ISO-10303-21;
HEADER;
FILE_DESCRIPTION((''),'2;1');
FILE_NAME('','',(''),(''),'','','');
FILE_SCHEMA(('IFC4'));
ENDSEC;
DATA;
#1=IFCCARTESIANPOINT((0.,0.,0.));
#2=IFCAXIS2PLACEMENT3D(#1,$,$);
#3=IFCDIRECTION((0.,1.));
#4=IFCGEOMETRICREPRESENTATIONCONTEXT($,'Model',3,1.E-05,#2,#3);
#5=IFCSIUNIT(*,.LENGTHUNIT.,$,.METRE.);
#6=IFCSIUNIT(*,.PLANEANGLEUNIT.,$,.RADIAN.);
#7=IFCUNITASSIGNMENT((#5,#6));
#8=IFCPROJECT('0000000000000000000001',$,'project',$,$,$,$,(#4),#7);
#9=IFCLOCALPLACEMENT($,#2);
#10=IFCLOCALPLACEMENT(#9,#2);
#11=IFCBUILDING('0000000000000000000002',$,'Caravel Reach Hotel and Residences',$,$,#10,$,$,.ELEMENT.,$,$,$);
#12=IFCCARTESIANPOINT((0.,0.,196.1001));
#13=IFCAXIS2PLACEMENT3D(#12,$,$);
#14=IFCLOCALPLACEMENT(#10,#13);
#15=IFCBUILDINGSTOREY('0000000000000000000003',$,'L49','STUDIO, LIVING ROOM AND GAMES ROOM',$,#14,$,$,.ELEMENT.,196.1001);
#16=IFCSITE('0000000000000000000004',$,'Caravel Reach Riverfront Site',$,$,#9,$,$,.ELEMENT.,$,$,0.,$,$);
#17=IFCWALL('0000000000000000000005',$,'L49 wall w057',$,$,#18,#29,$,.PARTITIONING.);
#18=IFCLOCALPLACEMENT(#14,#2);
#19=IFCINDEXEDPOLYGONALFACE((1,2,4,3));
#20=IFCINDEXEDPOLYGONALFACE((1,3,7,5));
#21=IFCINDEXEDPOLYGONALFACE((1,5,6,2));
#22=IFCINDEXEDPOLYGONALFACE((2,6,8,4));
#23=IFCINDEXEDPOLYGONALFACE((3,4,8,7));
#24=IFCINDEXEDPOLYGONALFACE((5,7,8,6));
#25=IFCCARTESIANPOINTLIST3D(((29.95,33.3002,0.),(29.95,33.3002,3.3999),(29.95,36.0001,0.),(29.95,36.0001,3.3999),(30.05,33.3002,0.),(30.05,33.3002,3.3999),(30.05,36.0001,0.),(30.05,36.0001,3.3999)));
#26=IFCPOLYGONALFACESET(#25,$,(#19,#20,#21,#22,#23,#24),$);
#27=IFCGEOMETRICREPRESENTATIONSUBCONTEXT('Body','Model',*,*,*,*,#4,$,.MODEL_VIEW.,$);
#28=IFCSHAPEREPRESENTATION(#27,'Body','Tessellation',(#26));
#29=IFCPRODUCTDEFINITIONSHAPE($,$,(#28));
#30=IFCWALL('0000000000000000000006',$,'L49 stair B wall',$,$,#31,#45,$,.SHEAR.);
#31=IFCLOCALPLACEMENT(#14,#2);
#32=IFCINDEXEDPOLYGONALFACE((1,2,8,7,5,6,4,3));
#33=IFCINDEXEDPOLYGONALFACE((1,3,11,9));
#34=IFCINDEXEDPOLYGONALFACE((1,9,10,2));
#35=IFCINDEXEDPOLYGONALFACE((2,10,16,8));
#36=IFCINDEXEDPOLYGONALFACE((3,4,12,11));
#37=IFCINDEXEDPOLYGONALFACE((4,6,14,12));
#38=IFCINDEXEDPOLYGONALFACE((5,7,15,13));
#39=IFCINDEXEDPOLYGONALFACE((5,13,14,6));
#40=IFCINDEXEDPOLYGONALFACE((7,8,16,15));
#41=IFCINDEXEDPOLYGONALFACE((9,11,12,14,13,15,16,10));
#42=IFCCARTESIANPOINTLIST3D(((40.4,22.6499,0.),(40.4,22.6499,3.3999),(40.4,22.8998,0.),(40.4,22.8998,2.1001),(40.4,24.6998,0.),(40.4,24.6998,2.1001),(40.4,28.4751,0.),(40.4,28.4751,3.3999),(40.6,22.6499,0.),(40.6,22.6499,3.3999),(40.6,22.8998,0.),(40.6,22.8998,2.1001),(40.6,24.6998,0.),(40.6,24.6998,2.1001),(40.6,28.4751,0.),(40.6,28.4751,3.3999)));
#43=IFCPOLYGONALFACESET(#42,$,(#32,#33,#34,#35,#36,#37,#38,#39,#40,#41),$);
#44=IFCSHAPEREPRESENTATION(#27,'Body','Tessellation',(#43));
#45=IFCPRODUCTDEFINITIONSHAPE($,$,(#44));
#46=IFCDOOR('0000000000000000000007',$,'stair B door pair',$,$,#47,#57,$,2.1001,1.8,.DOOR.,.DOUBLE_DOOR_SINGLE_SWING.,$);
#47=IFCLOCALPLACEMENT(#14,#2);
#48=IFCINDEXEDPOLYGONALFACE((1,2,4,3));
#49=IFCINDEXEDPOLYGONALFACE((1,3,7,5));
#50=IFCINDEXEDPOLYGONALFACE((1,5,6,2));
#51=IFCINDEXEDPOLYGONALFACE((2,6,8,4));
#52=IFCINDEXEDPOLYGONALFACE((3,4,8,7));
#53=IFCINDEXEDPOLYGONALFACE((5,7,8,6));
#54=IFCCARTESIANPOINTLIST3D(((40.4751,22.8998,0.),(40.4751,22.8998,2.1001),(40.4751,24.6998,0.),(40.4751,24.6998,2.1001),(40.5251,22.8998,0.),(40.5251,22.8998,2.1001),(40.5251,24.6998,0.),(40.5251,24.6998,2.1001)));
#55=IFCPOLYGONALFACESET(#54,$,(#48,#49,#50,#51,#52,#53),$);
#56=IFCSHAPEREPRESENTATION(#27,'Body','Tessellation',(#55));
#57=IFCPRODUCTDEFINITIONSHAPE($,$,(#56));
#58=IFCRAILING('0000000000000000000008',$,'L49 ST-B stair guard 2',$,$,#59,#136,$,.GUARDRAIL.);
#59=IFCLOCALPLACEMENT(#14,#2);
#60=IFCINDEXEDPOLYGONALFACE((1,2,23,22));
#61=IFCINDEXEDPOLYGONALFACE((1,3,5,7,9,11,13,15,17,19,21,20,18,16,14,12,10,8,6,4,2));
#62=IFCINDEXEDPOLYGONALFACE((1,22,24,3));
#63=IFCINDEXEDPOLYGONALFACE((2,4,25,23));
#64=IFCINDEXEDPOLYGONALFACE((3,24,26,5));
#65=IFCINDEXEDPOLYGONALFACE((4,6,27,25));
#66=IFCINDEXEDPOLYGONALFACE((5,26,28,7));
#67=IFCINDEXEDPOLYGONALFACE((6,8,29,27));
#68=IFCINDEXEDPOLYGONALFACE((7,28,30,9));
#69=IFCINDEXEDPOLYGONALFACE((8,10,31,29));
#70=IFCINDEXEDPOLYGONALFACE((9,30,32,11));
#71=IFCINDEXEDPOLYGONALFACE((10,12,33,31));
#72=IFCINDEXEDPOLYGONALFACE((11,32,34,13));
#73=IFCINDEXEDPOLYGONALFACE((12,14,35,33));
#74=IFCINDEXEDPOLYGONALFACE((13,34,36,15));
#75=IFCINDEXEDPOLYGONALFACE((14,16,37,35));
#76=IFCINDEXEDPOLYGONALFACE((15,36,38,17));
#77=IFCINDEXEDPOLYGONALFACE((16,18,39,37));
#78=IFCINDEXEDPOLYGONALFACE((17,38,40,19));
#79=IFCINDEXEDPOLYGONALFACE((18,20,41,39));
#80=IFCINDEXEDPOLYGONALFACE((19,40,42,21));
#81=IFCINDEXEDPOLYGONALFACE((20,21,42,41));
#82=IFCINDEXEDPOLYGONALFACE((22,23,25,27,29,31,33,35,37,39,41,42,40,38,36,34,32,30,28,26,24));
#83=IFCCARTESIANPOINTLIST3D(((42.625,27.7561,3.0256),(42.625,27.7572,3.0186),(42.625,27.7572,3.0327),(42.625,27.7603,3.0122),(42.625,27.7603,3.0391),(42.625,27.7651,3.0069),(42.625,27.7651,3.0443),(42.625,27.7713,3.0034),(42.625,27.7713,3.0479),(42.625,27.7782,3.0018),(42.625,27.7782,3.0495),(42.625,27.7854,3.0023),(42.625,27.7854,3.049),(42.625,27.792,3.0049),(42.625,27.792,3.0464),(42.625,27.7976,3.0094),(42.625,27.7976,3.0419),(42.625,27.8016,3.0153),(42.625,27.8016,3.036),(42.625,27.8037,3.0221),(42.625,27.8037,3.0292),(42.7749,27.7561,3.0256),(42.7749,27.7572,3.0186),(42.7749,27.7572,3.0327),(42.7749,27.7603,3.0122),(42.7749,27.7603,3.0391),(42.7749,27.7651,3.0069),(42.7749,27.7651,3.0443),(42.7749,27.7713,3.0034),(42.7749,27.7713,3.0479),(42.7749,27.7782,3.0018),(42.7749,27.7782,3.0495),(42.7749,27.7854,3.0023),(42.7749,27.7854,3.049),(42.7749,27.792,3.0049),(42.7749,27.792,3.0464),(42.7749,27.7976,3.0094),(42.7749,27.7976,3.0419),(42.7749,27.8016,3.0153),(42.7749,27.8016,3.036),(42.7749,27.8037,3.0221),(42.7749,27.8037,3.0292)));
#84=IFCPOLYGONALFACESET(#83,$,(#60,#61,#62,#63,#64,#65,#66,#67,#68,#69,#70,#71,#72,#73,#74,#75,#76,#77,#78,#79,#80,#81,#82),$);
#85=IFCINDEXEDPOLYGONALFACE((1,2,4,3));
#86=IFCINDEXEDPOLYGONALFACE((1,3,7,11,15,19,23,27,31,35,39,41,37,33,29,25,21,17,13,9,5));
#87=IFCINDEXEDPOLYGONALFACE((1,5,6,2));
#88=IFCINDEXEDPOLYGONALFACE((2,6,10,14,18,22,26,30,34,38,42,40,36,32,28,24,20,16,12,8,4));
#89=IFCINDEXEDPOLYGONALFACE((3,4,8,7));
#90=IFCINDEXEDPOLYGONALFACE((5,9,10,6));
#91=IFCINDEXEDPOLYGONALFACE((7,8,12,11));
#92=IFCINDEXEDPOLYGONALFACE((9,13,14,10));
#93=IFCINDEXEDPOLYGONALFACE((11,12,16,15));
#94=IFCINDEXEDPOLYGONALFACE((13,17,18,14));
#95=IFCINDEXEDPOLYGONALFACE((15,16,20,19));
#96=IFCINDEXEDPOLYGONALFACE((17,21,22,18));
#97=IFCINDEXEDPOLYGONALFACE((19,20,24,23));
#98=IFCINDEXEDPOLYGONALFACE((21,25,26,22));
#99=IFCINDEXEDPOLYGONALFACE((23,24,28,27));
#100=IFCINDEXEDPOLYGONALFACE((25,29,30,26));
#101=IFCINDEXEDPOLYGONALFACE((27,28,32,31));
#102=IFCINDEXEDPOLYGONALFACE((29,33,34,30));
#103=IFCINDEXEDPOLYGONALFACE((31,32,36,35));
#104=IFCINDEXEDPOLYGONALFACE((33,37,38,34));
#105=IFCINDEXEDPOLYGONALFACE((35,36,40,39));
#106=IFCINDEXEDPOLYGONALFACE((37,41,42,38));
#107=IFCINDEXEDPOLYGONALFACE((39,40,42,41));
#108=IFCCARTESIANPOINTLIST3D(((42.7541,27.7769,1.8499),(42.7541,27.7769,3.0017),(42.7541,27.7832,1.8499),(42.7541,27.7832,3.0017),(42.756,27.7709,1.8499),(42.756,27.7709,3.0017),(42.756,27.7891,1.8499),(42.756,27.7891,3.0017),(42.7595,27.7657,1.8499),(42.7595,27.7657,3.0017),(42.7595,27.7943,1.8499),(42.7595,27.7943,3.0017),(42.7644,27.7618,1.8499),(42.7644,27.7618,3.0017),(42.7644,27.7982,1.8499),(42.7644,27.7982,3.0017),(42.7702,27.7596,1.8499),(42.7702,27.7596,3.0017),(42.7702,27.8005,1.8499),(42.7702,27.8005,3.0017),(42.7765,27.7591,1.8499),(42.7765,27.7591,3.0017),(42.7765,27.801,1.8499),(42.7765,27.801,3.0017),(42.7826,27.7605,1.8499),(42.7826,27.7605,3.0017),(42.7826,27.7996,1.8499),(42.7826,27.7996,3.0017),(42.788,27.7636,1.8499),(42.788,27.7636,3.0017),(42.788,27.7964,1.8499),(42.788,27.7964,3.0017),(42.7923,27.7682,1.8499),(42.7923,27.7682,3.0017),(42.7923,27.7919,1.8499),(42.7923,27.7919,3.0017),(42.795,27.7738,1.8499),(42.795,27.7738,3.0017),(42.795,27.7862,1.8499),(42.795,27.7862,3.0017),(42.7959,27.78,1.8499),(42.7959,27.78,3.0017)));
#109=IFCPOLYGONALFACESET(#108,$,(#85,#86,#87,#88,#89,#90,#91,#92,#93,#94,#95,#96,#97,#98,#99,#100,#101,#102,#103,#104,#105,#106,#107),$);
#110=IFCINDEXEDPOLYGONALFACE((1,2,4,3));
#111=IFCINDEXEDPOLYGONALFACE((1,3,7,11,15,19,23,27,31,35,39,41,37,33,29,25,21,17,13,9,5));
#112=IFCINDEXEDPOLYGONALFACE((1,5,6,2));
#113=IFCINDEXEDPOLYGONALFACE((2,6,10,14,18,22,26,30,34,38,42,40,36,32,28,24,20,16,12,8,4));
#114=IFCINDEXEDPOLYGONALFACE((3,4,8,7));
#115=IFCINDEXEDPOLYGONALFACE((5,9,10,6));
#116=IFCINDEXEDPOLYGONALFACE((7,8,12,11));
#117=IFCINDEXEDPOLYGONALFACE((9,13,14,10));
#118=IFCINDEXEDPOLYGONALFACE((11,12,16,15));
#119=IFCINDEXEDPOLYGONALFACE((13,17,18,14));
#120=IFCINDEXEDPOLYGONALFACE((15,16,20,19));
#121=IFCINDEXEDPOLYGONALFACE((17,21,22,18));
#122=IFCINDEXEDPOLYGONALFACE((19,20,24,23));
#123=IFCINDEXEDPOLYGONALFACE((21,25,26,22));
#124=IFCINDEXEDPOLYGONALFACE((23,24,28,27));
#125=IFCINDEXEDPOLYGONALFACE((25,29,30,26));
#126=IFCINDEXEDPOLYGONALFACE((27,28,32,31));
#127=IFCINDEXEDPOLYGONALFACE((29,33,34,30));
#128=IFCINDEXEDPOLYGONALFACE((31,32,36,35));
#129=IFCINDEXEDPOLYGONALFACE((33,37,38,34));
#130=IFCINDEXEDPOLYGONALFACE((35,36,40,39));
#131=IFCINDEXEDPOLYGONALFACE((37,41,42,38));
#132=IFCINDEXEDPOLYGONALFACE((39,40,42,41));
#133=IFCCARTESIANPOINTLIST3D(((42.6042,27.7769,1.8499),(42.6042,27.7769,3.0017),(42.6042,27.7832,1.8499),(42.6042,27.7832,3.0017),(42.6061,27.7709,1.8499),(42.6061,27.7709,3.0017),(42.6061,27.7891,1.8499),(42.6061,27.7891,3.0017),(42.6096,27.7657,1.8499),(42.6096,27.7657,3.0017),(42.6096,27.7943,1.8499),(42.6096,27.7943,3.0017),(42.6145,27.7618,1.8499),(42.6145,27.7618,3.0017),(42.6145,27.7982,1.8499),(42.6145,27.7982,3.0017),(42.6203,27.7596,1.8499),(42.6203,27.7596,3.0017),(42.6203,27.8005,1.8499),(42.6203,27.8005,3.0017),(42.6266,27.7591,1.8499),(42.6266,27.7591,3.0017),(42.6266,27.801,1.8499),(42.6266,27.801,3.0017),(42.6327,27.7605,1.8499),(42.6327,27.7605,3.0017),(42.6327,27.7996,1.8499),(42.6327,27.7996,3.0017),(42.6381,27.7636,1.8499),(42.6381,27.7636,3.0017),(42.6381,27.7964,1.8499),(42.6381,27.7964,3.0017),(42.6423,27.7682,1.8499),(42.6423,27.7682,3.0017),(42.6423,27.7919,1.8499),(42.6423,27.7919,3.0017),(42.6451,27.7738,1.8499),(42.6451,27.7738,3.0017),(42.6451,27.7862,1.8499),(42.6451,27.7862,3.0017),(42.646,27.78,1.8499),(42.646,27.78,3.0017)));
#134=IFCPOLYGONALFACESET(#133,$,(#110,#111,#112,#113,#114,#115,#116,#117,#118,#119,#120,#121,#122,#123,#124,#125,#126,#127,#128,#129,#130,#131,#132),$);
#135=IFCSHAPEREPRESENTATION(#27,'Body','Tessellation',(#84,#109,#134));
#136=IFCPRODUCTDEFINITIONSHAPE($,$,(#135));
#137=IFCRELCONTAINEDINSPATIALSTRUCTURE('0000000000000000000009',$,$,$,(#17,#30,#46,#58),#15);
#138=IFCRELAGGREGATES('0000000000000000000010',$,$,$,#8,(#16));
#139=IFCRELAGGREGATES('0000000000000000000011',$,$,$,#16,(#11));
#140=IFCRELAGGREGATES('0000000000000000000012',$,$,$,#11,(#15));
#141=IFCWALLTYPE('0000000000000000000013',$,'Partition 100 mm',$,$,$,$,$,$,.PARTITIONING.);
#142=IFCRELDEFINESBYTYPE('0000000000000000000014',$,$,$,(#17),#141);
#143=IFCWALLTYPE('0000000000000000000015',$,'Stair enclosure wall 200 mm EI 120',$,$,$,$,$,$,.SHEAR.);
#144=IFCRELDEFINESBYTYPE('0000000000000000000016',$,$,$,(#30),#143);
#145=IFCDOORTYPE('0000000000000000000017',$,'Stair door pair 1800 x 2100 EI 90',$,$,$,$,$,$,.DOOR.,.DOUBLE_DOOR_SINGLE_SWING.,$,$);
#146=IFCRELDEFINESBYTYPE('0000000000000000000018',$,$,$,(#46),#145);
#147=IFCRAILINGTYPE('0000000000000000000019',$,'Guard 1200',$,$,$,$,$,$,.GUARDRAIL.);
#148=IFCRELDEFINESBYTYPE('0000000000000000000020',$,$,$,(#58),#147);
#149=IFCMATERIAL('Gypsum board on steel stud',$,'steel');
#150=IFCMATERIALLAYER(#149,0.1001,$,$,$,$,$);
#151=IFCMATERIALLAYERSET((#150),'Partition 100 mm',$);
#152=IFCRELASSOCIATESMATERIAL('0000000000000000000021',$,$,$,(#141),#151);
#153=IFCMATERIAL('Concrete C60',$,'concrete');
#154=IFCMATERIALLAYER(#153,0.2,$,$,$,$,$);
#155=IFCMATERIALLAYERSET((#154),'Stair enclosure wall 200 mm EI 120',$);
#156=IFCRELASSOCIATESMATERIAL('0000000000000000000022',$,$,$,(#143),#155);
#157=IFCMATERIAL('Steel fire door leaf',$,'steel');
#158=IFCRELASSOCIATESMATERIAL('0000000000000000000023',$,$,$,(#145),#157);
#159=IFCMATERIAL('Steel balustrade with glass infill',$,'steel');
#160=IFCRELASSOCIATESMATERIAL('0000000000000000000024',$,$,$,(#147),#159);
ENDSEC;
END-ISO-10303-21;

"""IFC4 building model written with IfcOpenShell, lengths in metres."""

from ifc_helpers import new_model, si_unit, direction, frame, frame_2d, origin, origin_2d, place, context, subcontext, project, spatial, rectangle, circle, extrude, material, layer, layer_set, type_object, element, fill, save


model = new_model("IFC4")

# Units and contexts
model_context = context("Model", 3, precision=1e-05, world=origin(), true_north=direction((0.0, 1.0)))
body_context = subcontext(model_context, "Body", "Model", "MODEL_VIEW")
ifc_project = project(units=[si_unit("LENGTHUNIT", "METRE"), si_unit("PLANEANGLEUNIT", "RADIAN")], contexts=[model_context])

# Site, building, storey
site_placement = place(None, origin())
site = spatial("IfcSite", under=ifc_project, at=site_placement, Name="Caravel Reach Riverfront Site", CompositionType="ELEMENT", RefElevation=0.0)
building_placement = place(site_placement, origin())
building = spatial("IfcBuilding", under=site, at=building_placement, Name="Caravel Reach Hotel and Residences", CompositionType="ELEMENT")
storey_placement = place(building_placement, frame((0.0, 0.0, 196.1001)))
storey = spatial("IfcBuildingStorey", under=building, at=storey_placement, Name="L49", Description="STUDIO, LIVING ROOM AND GAMES ROOM", CompositionType="ELEMENT", Elevation=196.1001)

# Wall
ifc_material_1 = material(Name="Gypsum board on steel stud", Category="steel")
ifc_layer_1 = layer(ifc_material_1, 0.1001)
ifc_layer_set_1 = layer_set([ifc_layer_1], Name="Partition 100 mm")
wall_type_1 = type_object("IfcWallType", Name="Partition 100 mm", PredefinedType="PARTITIONING", material=ifc_layer_set_1)
wall_1_placement = place(storey_placement, frame((30.0, 33.3, 0.0), z_axis=(0.0, 0.0, 1.0), x_axis=(0.0, 1.0, 0.0)))
element("IfcWall", 1, at=wall_1_placement, inside=storey, type_object=wall_type_1, Name="L49 wall w057", PredefinedType="PARTITIONING", context=body_context, shape_type="SweptSolid", body=[
    extrude(rectangle(XDim=2.7, YDim=0.1001, at=frame_2d((1.3501, 0.0))), origin(), (0.0, 0.0, 1.0), 3.3999),
])

# Wall, opening, door
ifc_material_2 = material(Name="Concrete C60", Category="concrete")
ifc_layer_2 = layer(ifc_material_2, 0.2)
ifc_layer_set_2 = layer_set([ifc_layer_2], Name="Stair enclosure wall 200 mm EI 120")
wall_type_2 = type_object("IfcWallType", Name="Stair enclosure wall 200 mm EI 120", PredefinedType="SHEAR", material=ifc_layer_set_2)
wall_2_placement = place(storey_placement, frame((40.5, 22.6499, 0.0), z_axis=(0.0, 0.0, 1.0), x_axis=(0.0, 1.0, 0.0)))
wall_2 = element("IfcWall", 2, at=wall_2_placement, inside=storey, type_object=wall_type_2, Name="L49 stair B wall", PredefinedType="SHEAR", context=body_context, shape_type="SweptSolid", body=[
    extrude(rectangle(XDim=5.8252, YDim=0.2, at=frame_2d((2.9126, 0.0))), origin(), (0.0, 0.0, 1.0), 3.3999),
])
opening_1_placement = place(wall_2_placement, frame((0.25, 0.0, 0.0)))
opening_1 = element("IfcOpeningElement", 3, at=opening_1_placement, cuts=wall_2, PredefinedType="OPENING", context=body_context, shape_type="SweptSolid", body=[
    extrude(rectangle(XDim=1.8, YDim=2.1001, at=frame_2d((0.8999, 1.05))), frame((0.0, 0.1099, 0.0), z_axis=(0.0, -1.0, 0.0), x_axis=(1.0, 0.0, 0.0)), (0.0, 0.0, 1.0), 0.22),
])
ifc_material_3 = material(Name="Steel fire door leaf", Category="steel")
door_type_1 = type_object("IfcDoorType", Name="Stair door pair 1800 x 2100 EI 90", OperationType="DOUBLE_DOOR_SINGLE_SWING", PredefinedType="DOOR", material=ifc_material_3)
door_1_placement = place(opening_1_placement, origin())
door_1 = element("IfcDoor", 4, at=door_1_placement, inside=storey, type_object=door_type_1, Name="stair B door pair", OperationType="DOUBLE_DOOR_SINGLE_SWING", OverallHeight=2.1001, OverallWidth=1.8, PredefinedType="DOOR", context=body_context, shape_type="SweptSolid", body=[
    extrude(rectangle(XDim=1.8, YDim=2.1001, at=frame_2d((0.8999, 1.05))), frame((0.0, 0.0249, 0.0), z_axis=(0.0, -1.0, 0.0), x_axis=(1.0, 0.0, 0.0)), (0.0, 0.0, 1.0), 0.05),
])
fill(opening_1, door_1)

# Railing
ifc_material_4 = material(Name="Steel balustrade with glass infill", Category="steel")
railing_type_1 = type_object("IfcRailingType", Name="Guard 1200", PredefinedType="GUARDRAIL", material=ifc_material_4)
railing_1_placement = place(storey_placement, frame((42.7749, 27.78, 1.8499)))
element("IfcRailing", 5, at=railing_1_placement, inside=storey, type_object=railing_type_1, Name="L49 ST-B stair guard 2", PredefinedType="GUARDRAIL", context=body_context, shape_type="SweptSolid", body=[
    extrude(circle(Radius=0.0239, at=origin_2d()), frame((0.0, 0.0, 1.1758), z_axis=(-1.0, 0.0, 0.0), x_axis=(0.0, -1.0, 0.0)), (0.0, 0.0, 1.0), 0.1499),
    extrude(circle(Radius=0.021, at=origin_2d()), origin(), (0.0, 0.0, 1.0), 1.1519),
    extrude(circle(Radius=0.021, at=origin_2d()), frame((-0.1499, 0.0, 0.0)), (0.0, 0.0, 1.0), 1.1519),
])

save(model, "model.ifc")
